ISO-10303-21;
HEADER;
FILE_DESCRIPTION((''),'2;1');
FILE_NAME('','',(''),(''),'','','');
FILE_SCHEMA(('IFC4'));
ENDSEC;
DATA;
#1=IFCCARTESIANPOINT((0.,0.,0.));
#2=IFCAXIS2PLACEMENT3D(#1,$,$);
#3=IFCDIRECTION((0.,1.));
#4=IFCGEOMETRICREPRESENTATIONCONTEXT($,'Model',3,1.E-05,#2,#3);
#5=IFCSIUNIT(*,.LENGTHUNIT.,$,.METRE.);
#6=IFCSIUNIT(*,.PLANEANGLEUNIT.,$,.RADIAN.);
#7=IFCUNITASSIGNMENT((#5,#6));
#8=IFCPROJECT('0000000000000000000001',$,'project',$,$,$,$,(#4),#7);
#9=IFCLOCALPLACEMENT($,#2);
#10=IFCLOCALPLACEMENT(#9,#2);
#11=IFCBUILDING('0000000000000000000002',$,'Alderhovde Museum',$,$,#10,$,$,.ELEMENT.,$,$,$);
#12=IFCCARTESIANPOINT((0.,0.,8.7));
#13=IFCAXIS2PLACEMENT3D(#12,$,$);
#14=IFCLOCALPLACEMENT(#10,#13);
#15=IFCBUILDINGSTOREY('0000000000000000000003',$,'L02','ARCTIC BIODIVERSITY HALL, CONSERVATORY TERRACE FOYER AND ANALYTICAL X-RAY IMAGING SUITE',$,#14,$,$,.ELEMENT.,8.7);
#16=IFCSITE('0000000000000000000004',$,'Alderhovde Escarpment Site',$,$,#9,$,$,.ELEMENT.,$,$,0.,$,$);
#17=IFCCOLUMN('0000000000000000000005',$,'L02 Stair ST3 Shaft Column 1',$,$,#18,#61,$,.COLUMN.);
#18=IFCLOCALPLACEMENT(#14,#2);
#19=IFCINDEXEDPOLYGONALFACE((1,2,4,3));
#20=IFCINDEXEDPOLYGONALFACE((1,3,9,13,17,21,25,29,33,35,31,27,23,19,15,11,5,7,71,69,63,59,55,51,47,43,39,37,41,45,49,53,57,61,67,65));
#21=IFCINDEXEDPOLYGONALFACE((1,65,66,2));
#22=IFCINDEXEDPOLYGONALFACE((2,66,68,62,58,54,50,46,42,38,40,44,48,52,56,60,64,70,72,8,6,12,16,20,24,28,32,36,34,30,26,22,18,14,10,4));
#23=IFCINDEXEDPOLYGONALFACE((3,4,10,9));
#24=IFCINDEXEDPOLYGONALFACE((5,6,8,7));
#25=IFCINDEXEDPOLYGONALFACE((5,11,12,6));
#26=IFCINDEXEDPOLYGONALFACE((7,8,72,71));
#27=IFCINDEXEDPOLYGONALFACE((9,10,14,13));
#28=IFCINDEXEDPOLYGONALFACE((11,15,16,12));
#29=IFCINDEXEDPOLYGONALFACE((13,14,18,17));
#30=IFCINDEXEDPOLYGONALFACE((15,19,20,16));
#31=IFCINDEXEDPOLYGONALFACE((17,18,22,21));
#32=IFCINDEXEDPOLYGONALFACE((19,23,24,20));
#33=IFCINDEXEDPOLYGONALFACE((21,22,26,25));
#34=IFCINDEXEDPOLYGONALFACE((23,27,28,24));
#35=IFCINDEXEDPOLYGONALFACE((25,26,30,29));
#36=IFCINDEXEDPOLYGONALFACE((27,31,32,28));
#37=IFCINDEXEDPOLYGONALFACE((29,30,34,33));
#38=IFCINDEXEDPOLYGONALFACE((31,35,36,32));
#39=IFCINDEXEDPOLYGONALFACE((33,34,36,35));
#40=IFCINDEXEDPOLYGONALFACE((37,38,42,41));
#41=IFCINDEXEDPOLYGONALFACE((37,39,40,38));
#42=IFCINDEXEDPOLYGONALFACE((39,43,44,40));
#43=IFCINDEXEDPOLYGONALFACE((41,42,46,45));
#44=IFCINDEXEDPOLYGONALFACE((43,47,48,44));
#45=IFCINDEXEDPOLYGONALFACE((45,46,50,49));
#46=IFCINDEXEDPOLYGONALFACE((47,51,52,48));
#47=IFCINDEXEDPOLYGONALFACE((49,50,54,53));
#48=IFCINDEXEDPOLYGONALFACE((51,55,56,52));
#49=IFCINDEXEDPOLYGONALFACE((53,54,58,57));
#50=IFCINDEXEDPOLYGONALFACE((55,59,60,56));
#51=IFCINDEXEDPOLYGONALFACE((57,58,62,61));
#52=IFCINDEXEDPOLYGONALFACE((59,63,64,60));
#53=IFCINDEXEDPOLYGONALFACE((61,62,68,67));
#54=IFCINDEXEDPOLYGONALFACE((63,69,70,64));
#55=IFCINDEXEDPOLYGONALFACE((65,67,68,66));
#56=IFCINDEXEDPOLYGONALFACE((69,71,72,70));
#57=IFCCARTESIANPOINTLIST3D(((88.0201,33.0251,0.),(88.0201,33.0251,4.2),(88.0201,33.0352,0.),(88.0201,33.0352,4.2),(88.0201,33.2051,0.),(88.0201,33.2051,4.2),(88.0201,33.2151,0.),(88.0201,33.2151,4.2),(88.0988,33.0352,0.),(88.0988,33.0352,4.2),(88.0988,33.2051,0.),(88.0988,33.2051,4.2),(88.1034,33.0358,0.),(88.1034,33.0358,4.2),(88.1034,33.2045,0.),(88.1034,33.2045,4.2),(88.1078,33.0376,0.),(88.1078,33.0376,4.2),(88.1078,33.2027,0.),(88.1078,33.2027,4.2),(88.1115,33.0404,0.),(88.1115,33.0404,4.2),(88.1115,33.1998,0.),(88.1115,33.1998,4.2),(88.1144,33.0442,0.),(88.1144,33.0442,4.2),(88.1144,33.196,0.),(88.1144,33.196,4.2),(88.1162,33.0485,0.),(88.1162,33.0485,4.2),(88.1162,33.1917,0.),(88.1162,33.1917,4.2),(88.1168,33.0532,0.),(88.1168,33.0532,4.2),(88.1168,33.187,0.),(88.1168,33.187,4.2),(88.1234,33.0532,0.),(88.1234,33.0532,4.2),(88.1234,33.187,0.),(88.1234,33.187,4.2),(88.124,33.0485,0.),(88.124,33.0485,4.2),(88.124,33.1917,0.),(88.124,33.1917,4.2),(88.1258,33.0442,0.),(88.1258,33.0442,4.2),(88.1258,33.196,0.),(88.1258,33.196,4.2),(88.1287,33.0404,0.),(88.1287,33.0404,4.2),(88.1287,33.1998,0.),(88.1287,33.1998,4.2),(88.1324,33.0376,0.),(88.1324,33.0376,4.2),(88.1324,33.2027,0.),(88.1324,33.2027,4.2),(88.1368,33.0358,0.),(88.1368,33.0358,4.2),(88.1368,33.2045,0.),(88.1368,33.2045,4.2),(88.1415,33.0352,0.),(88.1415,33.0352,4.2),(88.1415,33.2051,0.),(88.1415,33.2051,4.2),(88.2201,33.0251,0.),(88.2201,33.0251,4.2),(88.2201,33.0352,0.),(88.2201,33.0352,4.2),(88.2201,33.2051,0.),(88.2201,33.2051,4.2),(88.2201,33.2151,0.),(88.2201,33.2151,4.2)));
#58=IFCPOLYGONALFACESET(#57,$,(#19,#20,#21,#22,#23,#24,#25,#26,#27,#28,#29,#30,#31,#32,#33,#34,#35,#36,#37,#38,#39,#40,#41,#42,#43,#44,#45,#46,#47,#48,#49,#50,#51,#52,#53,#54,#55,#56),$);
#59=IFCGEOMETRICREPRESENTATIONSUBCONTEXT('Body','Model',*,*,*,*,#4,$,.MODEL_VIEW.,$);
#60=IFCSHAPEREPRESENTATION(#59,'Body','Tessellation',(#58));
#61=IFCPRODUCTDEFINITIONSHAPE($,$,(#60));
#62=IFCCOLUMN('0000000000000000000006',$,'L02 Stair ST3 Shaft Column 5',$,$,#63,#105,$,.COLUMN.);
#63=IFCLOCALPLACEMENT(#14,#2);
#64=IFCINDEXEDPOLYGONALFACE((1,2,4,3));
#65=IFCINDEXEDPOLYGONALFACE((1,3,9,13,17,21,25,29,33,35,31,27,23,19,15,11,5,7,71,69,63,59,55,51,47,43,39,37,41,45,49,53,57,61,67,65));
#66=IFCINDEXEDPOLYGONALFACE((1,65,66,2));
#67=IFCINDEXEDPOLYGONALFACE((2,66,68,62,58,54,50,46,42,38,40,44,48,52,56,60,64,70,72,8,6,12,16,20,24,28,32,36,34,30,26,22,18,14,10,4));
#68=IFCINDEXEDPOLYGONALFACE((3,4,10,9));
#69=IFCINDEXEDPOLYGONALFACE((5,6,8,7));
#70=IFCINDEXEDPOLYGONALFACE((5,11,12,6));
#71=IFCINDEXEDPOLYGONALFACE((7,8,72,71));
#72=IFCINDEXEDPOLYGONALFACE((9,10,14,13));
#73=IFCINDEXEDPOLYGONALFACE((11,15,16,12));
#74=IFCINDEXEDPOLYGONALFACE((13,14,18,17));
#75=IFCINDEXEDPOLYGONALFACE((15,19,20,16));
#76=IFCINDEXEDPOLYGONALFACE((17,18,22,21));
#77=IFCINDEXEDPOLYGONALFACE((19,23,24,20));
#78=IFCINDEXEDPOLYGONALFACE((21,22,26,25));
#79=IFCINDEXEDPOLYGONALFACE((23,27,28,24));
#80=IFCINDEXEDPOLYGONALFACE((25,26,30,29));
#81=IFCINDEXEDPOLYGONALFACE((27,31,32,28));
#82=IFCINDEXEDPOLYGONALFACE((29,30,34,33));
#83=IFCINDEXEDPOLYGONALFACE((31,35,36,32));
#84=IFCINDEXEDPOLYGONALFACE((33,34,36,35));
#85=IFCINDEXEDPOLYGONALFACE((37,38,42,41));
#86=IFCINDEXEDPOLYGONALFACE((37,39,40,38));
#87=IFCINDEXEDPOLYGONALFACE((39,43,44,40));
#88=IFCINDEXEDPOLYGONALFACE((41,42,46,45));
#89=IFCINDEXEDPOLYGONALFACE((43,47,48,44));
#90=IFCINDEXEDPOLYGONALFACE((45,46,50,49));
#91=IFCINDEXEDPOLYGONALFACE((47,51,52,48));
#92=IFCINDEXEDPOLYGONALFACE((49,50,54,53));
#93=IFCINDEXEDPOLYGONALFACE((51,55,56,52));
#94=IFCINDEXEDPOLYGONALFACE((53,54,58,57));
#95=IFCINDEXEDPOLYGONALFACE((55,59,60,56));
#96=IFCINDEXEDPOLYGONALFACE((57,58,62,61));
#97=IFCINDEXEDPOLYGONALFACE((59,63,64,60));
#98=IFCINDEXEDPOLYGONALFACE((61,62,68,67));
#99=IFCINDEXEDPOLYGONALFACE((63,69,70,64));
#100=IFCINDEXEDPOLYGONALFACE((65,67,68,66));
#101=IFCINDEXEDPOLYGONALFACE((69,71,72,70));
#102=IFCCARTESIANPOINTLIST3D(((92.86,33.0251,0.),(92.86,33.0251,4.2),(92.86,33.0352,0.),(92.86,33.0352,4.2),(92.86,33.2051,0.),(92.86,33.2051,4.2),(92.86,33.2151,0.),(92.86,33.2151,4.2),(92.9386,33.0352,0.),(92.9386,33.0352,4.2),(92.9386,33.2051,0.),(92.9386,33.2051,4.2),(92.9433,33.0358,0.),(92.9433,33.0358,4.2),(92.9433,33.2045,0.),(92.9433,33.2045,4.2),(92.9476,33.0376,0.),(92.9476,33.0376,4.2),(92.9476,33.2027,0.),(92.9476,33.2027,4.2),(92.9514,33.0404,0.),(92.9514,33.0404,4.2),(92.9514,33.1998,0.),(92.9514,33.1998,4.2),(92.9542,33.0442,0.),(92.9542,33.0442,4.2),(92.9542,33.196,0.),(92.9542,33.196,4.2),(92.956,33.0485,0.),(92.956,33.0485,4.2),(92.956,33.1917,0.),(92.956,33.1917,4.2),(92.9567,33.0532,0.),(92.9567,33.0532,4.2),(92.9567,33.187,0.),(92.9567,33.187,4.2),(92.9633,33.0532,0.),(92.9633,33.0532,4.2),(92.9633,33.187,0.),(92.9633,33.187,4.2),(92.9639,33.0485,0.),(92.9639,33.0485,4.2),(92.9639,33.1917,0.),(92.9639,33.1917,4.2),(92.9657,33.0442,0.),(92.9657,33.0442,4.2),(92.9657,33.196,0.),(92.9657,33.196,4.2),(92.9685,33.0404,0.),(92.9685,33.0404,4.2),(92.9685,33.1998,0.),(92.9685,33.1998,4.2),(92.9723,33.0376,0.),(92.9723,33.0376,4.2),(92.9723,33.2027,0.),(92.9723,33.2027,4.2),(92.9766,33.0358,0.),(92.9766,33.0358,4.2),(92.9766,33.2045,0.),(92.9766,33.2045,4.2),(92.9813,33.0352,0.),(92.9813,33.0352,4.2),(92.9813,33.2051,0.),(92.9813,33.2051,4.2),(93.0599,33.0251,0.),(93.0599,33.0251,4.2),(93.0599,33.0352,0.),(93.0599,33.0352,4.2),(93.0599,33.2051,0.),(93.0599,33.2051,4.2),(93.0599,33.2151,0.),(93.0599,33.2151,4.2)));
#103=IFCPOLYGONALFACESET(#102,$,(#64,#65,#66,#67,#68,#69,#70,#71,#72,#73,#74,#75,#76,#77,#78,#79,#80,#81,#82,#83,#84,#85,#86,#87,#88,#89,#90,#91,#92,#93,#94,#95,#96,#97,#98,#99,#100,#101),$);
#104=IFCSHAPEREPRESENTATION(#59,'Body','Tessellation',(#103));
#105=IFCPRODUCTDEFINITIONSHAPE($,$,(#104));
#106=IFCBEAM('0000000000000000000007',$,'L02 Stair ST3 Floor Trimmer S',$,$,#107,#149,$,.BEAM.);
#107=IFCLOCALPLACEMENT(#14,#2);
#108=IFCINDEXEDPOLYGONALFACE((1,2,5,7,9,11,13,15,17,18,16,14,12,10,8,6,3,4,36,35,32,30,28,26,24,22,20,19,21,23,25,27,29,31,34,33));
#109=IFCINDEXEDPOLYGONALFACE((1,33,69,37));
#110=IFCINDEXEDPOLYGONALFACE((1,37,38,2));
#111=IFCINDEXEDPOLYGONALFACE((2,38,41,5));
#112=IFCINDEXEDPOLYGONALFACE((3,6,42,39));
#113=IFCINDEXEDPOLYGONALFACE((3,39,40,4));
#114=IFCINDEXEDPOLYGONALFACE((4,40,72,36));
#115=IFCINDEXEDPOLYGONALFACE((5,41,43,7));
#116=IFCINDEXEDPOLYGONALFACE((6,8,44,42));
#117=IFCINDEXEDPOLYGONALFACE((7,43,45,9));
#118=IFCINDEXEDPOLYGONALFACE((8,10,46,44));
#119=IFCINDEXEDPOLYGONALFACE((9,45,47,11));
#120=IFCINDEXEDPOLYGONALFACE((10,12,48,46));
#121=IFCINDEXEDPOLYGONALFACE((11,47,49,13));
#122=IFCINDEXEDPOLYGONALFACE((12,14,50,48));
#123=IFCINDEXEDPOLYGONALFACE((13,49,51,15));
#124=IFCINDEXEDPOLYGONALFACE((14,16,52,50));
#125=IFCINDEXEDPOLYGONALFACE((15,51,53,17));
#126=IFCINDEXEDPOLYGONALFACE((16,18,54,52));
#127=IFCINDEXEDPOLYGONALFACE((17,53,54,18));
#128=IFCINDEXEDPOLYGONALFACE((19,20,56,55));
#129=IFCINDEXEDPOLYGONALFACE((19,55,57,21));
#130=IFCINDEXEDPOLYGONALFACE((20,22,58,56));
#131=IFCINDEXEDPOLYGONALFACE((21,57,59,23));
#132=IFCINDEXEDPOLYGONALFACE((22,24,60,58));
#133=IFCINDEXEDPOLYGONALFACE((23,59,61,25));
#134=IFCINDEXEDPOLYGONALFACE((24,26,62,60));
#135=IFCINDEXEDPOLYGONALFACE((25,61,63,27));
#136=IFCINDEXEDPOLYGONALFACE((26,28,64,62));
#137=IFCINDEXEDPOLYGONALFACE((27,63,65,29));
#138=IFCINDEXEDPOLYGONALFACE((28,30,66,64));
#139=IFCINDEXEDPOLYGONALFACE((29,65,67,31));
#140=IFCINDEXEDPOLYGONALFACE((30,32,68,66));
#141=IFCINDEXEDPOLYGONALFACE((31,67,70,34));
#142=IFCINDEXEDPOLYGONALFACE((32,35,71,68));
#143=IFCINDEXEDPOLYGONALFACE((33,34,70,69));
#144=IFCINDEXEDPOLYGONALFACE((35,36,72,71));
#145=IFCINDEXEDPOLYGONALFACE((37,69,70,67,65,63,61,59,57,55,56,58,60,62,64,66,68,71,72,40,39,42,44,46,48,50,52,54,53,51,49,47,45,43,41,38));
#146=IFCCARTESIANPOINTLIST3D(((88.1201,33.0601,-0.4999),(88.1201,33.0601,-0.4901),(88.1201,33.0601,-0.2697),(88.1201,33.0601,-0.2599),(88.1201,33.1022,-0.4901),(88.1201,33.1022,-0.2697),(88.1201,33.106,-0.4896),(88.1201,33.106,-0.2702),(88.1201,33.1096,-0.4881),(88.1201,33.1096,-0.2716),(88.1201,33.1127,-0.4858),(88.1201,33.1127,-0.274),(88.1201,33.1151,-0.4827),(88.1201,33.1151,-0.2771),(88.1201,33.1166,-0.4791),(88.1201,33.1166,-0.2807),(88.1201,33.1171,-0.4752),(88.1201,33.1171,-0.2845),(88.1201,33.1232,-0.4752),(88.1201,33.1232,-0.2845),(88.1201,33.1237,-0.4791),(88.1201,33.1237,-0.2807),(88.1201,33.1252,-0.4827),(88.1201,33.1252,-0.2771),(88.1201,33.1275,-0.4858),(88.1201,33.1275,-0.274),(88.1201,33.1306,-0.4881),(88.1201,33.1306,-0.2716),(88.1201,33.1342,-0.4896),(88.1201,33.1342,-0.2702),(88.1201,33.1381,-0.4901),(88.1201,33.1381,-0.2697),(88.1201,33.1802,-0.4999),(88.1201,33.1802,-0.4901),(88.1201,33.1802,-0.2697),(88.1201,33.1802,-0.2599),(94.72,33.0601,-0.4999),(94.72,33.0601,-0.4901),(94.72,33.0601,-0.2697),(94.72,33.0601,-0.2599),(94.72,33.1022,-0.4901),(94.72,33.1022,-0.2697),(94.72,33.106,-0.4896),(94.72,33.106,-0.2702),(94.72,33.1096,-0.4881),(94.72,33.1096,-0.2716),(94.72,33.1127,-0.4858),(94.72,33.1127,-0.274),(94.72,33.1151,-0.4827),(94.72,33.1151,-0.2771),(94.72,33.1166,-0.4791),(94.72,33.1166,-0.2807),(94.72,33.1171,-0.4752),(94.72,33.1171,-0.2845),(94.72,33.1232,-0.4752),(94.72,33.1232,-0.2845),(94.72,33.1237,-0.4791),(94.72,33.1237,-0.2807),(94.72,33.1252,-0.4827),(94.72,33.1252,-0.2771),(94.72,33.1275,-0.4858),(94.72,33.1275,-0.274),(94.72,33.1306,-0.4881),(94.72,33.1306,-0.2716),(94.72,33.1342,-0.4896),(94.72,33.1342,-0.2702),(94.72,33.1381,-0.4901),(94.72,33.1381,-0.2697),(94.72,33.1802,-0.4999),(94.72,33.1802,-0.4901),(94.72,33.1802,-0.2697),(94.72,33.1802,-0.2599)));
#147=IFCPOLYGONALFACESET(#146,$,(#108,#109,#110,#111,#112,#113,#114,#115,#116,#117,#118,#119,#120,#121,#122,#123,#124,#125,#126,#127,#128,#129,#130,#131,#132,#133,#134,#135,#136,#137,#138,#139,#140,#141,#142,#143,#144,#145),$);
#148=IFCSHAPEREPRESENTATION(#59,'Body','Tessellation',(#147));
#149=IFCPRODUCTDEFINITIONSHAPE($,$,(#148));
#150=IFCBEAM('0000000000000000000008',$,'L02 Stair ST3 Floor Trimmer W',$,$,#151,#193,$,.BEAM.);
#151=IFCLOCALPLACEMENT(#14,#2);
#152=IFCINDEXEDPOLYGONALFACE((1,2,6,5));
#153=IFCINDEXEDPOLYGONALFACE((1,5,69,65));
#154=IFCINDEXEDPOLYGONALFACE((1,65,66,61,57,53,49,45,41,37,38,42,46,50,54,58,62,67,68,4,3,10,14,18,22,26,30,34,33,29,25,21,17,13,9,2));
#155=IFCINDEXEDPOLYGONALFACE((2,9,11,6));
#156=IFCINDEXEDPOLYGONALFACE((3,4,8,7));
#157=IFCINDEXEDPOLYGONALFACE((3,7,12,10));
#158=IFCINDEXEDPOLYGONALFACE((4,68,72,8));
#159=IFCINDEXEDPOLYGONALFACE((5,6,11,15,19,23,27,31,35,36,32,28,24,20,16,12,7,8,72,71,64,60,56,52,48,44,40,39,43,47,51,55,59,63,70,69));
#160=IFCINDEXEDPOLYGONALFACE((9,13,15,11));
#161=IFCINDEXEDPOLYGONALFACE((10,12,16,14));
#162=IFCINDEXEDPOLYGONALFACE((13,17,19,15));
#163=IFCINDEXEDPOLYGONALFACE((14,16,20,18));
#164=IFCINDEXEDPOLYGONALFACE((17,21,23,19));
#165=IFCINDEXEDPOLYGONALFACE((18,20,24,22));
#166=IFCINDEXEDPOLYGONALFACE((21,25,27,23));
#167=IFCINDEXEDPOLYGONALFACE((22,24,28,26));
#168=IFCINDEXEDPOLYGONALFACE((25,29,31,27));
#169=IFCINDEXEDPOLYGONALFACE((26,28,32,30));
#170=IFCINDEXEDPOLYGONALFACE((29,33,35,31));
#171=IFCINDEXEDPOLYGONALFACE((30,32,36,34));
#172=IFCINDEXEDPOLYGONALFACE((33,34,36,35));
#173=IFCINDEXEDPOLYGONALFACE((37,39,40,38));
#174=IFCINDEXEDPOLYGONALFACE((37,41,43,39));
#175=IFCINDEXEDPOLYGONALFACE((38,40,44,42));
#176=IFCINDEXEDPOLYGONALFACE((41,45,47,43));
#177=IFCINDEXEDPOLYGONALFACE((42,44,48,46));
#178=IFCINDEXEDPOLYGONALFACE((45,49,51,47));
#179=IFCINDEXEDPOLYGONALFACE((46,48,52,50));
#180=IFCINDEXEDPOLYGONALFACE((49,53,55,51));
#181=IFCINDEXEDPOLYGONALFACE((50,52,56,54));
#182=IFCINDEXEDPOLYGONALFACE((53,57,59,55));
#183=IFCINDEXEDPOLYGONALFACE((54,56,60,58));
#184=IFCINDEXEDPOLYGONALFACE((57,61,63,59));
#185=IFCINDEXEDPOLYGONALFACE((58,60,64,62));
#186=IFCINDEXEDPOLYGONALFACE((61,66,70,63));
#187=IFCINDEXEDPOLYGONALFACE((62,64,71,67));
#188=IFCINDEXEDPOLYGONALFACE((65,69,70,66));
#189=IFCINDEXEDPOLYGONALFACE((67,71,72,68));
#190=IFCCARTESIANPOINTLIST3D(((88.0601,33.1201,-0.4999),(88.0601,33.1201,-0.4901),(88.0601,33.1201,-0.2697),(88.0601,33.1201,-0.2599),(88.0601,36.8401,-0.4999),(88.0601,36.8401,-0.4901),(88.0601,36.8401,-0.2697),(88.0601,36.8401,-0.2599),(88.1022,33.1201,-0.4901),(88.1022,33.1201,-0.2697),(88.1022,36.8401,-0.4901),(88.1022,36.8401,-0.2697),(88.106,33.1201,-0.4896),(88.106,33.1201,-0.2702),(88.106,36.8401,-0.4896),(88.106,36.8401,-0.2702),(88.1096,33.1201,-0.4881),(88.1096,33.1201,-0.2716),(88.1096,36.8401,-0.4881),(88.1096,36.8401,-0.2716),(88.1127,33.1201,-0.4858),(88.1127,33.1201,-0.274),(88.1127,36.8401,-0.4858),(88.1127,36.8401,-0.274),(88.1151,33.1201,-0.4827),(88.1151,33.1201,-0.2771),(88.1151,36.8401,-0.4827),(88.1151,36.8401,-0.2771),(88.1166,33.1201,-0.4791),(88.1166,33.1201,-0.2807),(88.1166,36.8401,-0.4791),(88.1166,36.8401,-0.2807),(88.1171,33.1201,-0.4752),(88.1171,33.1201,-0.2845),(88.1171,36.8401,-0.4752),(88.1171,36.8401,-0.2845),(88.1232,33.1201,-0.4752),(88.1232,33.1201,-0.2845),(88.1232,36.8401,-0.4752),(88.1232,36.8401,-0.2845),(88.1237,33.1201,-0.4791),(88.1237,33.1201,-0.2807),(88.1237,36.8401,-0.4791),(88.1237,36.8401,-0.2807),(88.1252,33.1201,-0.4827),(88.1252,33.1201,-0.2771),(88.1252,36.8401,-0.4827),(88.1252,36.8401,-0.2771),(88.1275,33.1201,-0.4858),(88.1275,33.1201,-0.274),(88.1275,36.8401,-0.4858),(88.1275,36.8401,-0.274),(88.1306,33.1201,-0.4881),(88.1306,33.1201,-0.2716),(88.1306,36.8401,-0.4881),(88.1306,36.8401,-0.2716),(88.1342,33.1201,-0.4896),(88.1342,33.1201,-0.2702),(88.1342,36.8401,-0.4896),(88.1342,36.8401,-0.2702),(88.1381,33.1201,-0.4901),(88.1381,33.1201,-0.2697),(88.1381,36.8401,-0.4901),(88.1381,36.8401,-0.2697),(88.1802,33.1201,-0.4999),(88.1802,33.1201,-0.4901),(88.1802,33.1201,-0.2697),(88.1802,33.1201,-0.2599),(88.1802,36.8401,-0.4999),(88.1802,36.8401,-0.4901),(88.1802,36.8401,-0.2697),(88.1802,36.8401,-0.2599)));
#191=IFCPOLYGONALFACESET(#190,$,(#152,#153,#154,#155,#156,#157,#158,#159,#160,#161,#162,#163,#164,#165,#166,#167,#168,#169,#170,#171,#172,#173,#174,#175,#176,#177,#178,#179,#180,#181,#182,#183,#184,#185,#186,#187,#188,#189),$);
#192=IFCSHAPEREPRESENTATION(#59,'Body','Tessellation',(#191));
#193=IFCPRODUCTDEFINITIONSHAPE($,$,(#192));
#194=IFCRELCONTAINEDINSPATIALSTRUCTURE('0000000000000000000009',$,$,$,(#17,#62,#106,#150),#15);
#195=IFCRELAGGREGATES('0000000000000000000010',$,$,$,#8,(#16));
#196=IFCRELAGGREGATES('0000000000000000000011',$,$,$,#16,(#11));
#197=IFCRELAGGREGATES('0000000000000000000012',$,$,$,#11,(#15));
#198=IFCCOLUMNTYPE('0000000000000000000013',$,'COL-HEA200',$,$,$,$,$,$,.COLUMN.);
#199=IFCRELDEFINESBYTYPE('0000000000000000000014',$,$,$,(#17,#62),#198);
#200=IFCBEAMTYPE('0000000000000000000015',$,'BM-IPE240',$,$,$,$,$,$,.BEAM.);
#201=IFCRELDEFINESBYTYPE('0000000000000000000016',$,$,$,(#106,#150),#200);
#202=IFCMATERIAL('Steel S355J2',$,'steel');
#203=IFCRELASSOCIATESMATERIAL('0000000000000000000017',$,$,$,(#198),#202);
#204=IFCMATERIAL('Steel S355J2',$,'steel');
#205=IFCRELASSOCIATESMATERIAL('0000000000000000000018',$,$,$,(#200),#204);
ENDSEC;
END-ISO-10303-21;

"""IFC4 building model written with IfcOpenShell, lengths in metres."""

from ifc_helpers import new_model, si_unit, direction, frame, origin, origin_2d, place, context, subcontext, project, spatial, i_section, extrude, material, material_profile, profile_set, type_object, element, save


model = new_model("IFC4")

# Units and contexts
model_context = context("Model", 3, precision=1e-05, world=origin(), true_north=direction((0.0, 1.0)))
body_context = subcontext(model_context, "Body", "Model", "MODEL_VIEW")
ifc_project = project(units=[si_unit("LENGTHUNIT", "METRE"), si_unit("PLANEANGLEUNIT", "RADIAN")], contexts=[model_context])

# Site, building, storey
site_placement = place(None, origin())
site = spatial("IfcSite", under=ifc_project, at=site_placement, Name="Alderhovde Escarpment Site", CompositionType="ELEMENT", RefElevation=0.0)
building_placement = place(site_placement, origin())
building = spatial("IfcBuilding", under=site, at=building_placement, Name="Alderhovde Museum", CompositionType="ELEMENT")
storey_placement = place(building_placement, frame((0.0, 0.0, 8.7)))
storey = spatial("IfcBuildingStorey", under=building, at=storey_placement, Name="L02", Description="ARCTIC BIODIVERSITY HALL, CONSERVATORY TERRACE FOYER AND ANALYTICAL X-RAY IMAGING SUITE", CompositionType="ELEMENT", Elevation=8.7)

# Columns
ifc_material_1 = material(Name="Steel S355J2", Category="steel")
ifc_material_profile_1 = material_profile(ifc_material_1, i_section(OverallWidth=0.2, OverallDepth=0.1899, WebThickness=0.0066, FlangeThickness=0.01, FilletRadius=0.0181, at=origin_2d()), Name="HEA 200")
ifc_profile_set_1 = profile_set([ifc_material_profile_1], Name="Steel S355J2")
column_type = type_object("IfcColumnType", Name="COL-HEA200", PredefinedType="COLUMN", material=ifc_profile_set_1)
for number, where, z_axis, x_axis, name in (
    (1, (88.1201, 33.1201, 0.0), (0.0, 0.0, 1.0), (1.0, 0.0, 0.0), "L02 Stair ST3 Shaft Column 1"),
    (2, (92.96, 33.1201, 0.0), (0.0, 0.0, 1.0), (1.0, 0.0, 0.0), "L02 Stair ST3 Shaft Column 5"),
):
    element("IfcColumn", number, at=place(storey_placement, frame(where, z_axis=z_axis, x_axis=x_axis)), inside=storey, type_object=column_type, Name=name, PredefinedType="COLUMN", context=body_context, shape_type="SweptSolid", body=[
        extrude(i_section(OverallWidth=0.2, OverallDepth=0.1899, WebThickness=0.0066, FlangeThickness=0.01, FilletRadius=0.0181, at=origin_2d()), origin(), (0.0, 0.0, 1.0), 4.2),
    ])

# Beams
ifc_material_2 = material(Name="Steel S355J2", Category="steel")
ifc_material_profile_2 = material_profile(ifc_material_2, i_section(OverallWidth=0.1201, OverallDepth=0.24, WebThickness=0.0061, FlangeThickness=0.0098, FilletRadius=0.0149, at=origin_2d()), Name="IPE 240")
ifc_profile_set_2 = profile_set([ifc_material_profile_2], Name="Steel S355J2")
beam_type = type_object("IfcBeamType", Name="BM-IPE240", PredefinedType="BEAM", material=ifc_profile_set_2)
beam_1_placement = place(storey_placement, frame((88.1201, 33.1201, -0.3799), z_axis=(1.0, 0.0, 0.0), x_axis=(0.0, 1.0, 0.0)))
element("IfcBeam", 3, at=beam_1_placement, inside=storey, type_object=beam_type, Name="L02 Stair ST3 Floor Trimmer S", PredefinedType="BEAM", context=body_context, shape_type="SweptSolid", body=[
    extrude(i_section(OverallWidth=0.1201, OverallDepth=0.24, WebThickness=0.0061, FlangeThickness=0.0098, FilletRadius=0.0149, at=origin_2d()), origin(), (0.0, 0.0, 1.0), 6.5999),
])
beam_2_placement = place(storey_placement, frame((88.1201, 33.1201, -0.3799), z_axis=(0.0, 1.0, 0.0), x_axis=(-1.0, 0.0, 0.0)))
element("IfcBeam", 4, at=beam_2_placement, inside=storey, type_object=beam_type, Name="L02 Stair ST3 Floor Trimmer W", PredefinedType="BEAM", context=body_context, shape_type="SweptSolid", body=[
    extrude(i_section(OverallWidth=0.1201, OverallDepth=0.24, WebThickness=0.0061, FlangeThickness=0.0098, FilletRadius=0.0149, at=origin_2d()), origin(), (0.0, 0.0, 1.0), 3.72),
])

save(model, "model.ifc")
